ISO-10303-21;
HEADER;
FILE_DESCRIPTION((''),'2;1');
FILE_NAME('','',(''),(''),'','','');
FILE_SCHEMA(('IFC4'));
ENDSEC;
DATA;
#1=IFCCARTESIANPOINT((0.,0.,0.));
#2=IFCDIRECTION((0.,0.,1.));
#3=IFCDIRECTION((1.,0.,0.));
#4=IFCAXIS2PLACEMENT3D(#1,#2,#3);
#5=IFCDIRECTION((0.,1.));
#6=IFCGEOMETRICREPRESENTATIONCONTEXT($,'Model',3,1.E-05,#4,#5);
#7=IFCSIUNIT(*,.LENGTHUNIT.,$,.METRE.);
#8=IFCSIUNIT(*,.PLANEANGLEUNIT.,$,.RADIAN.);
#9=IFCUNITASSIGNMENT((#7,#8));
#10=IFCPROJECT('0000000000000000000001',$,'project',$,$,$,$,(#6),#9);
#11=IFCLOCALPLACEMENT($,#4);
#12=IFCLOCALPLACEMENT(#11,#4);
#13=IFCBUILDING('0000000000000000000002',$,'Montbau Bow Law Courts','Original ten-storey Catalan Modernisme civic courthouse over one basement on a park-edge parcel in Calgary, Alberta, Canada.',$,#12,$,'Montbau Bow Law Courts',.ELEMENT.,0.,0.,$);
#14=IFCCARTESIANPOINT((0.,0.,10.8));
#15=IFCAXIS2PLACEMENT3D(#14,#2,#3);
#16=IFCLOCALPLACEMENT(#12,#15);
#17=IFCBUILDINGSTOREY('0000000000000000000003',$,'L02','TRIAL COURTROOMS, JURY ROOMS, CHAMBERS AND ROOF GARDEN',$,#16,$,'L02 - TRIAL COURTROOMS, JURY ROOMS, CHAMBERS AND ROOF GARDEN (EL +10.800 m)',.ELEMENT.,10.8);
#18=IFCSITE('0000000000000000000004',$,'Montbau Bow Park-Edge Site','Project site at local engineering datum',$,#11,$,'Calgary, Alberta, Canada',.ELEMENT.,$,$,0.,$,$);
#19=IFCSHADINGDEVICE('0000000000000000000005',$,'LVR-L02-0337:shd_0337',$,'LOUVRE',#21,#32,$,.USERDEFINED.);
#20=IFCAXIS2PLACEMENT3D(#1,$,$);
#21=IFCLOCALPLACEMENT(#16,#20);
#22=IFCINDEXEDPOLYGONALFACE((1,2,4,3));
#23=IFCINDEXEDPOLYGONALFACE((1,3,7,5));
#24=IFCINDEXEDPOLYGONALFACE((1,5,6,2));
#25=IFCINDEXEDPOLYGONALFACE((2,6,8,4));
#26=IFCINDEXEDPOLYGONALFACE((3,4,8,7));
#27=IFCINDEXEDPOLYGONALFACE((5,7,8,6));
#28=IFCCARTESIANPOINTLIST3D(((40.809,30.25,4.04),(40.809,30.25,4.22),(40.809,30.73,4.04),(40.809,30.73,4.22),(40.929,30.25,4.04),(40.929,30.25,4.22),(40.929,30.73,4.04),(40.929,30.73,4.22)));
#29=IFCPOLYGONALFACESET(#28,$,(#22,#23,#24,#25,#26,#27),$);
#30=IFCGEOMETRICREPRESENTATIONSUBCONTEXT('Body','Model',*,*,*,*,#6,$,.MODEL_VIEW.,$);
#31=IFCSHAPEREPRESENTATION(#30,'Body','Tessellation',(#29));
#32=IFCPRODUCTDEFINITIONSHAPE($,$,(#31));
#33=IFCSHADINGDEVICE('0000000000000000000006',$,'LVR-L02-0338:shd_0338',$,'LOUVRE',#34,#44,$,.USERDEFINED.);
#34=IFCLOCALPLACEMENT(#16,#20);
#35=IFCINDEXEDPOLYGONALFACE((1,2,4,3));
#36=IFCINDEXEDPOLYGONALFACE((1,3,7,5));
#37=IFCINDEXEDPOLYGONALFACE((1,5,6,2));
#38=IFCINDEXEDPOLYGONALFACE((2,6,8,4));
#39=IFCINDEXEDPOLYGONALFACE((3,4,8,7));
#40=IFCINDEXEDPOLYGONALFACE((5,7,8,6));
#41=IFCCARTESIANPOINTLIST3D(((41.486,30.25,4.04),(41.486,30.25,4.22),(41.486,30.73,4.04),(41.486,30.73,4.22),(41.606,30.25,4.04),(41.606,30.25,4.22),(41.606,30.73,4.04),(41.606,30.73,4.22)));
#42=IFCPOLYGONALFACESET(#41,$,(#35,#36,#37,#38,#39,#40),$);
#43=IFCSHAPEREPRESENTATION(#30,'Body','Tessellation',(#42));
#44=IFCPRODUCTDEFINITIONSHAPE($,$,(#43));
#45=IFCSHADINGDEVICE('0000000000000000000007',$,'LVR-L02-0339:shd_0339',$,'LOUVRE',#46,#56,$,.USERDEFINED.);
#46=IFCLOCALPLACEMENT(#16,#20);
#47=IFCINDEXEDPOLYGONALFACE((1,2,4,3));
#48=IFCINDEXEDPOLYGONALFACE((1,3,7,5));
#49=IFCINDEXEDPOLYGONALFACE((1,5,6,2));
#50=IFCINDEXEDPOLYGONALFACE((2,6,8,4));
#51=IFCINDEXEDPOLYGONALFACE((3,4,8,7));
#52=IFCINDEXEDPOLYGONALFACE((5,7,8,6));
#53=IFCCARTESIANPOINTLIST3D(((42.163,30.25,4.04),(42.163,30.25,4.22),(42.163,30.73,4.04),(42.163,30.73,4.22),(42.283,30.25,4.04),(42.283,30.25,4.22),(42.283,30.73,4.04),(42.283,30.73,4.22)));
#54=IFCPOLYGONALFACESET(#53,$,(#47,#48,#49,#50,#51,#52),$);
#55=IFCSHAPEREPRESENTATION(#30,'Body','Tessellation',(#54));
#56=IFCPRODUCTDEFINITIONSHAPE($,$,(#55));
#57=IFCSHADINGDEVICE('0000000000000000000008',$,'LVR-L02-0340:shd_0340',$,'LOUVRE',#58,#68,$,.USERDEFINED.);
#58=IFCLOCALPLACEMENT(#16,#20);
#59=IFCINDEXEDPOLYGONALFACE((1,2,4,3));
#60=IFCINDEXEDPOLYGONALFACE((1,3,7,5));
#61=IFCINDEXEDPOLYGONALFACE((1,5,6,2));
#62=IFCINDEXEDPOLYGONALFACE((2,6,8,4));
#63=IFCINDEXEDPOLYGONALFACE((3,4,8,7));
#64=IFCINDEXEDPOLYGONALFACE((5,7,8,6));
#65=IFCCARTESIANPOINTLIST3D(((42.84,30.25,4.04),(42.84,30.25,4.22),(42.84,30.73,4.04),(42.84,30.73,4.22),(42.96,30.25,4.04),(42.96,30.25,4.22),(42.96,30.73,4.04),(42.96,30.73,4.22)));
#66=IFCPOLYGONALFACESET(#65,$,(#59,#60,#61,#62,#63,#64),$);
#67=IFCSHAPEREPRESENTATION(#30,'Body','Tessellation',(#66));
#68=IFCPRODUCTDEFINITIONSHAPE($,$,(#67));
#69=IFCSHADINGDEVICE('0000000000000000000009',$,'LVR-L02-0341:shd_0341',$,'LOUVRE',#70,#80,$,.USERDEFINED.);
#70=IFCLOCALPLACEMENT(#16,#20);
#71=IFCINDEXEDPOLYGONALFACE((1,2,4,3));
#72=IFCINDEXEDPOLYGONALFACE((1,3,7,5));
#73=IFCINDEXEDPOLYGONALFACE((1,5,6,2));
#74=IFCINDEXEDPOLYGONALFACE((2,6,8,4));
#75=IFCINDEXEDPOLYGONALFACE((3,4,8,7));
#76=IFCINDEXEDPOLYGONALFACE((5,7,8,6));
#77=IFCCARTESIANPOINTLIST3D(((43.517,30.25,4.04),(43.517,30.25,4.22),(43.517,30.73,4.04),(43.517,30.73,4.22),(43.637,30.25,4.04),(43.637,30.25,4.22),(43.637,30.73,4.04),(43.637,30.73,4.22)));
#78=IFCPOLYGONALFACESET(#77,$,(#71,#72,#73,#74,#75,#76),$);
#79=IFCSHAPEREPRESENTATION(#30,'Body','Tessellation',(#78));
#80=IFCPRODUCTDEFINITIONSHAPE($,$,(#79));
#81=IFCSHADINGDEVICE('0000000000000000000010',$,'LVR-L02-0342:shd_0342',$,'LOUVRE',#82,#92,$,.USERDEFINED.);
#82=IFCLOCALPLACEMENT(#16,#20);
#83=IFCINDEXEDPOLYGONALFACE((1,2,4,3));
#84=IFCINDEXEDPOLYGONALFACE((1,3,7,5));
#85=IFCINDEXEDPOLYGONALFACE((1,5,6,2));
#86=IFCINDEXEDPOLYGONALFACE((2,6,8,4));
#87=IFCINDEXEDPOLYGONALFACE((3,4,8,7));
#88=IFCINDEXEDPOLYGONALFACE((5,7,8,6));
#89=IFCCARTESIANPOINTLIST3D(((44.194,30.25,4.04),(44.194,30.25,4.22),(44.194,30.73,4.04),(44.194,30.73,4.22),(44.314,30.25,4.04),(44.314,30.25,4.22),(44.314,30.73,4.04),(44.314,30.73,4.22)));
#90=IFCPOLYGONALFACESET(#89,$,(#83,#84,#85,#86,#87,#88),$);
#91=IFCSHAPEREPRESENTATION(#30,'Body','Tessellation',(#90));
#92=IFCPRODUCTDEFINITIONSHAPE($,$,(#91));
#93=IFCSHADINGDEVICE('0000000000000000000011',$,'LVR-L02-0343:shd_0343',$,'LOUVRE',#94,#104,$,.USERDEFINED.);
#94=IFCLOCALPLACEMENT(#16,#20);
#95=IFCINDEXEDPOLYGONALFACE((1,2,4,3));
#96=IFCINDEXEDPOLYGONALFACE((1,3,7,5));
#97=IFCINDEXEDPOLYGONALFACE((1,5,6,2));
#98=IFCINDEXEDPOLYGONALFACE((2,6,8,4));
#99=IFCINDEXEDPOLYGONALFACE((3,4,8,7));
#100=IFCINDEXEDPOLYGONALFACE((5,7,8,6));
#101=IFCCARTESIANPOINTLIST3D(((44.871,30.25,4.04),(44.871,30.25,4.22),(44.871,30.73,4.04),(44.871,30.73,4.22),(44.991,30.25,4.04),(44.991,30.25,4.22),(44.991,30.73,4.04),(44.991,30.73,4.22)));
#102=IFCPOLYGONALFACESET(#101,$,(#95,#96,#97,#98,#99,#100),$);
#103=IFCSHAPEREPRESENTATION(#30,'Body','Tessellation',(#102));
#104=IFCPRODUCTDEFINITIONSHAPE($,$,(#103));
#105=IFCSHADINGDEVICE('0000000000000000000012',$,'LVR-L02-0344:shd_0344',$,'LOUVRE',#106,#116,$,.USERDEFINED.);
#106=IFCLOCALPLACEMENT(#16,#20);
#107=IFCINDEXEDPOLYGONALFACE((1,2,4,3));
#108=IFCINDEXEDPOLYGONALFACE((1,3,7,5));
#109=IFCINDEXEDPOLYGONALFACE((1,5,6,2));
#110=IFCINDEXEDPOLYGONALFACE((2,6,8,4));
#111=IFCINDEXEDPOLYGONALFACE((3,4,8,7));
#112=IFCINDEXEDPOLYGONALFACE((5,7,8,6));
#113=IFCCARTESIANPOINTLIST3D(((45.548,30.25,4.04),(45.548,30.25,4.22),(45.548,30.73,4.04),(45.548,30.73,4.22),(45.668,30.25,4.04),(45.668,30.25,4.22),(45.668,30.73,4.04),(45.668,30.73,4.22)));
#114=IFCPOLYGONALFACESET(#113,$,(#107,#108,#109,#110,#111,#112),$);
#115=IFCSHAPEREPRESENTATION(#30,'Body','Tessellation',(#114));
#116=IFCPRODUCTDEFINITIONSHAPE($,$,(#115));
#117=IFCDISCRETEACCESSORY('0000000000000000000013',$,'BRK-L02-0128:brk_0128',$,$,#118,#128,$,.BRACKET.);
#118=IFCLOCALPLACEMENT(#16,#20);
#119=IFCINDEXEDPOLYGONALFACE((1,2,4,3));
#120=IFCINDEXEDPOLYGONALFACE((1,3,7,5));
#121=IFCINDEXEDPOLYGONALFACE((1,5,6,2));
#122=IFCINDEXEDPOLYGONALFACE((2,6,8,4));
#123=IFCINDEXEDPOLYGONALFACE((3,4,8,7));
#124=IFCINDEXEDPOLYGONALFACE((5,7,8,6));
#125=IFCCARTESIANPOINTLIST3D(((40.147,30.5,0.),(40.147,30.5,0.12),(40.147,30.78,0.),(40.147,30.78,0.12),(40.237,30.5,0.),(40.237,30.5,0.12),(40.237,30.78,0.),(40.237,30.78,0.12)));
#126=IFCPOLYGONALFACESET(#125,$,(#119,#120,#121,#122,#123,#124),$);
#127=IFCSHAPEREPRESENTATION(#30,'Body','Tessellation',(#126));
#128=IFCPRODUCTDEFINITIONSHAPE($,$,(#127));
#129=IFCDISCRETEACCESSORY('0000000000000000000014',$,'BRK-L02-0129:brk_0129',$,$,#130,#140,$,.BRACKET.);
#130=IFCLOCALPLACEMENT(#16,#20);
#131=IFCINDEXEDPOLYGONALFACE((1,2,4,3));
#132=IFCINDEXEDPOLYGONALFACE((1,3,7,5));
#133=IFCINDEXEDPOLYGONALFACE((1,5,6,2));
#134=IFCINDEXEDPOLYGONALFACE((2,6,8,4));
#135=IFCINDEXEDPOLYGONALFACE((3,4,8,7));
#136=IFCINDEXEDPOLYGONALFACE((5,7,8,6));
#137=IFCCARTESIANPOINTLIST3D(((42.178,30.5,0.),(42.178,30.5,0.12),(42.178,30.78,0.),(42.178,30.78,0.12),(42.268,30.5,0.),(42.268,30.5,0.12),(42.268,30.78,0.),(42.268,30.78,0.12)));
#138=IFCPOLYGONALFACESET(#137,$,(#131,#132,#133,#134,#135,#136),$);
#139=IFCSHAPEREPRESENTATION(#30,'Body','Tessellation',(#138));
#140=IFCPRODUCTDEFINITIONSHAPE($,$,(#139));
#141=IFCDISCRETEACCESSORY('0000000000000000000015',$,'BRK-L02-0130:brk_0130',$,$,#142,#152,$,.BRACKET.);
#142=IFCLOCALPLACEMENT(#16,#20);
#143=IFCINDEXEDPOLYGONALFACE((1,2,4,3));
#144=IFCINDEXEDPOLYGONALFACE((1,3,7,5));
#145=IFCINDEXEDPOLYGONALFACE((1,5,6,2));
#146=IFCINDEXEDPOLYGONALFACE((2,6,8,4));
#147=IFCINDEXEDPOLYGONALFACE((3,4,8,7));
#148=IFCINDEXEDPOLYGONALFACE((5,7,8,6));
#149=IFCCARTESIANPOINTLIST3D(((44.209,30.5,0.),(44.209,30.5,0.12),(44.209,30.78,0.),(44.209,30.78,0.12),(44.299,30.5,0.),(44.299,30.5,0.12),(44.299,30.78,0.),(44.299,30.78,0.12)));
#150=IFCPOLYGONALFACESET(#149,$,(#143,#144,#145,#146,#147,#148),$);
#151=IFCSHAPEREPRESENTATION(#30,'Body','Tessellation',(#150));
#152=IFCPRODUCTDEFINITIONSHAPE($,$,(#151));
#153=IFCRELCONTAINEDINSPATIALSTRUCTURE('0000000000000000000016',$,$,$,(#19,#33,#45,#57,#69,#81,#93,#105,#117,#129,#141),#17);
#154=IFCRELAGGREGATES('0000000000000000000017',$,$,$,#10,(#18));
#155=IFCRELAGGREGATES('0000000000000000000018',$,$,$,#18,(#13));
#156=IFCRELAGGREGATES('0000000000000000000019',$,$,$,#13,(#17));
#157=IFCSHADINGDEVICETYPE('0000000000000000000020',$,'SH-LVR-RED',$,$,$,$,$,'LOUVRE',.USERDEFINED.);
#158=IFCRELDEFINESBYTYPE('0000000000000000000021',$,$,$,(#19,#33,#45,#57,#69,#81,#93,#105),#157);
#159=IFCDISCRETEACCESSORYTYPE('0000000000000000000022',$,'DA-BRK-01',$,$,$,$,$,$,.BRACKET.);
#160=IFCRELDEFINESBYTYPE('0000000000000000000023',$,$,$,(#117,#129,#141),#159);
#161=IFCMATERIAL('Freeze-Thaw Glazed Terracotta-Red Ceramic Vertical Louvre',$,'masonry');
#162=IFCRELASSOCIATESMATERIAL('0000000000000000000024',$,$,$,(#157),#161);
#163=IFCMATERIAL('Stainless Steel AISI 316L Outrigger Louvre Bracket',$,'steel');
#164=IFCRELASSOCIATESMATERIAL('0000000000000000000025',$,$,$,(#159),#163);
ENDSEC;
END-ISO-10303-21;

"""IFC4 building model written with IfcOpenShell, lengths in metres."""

from ifc_helpers import new_model, si_unit, direction, frame, origin_with_axes, origin_2d_with_axis, place, context, subcontext, project, spatial, rectangle, extrude, material, type_object, element, save


model = new_model("IFC4")

# Units and contexts
model_context = context("Model", 3, precision=1e-05, world=origin_with_axes(), true_north=direction((0.0, 1.0)))
body_context = subcontext(model_context, "Body", "Model", "MODEL_VIEW")
ifc_project = project(units=[si_unit("LENGTHUNIT", "METRE"), si_unit("PLANEANGLEUNIT", "RADIAN")], contexts=[model_context])

# Site, building, storey
site_placement = place(None, origin_with_axes())
site = spatial("IfcSite", under=ifc_project, at=site_placement, Name="Montbau Bow Park-Edge Site", Description="Project site at local engineering datum", LongName="Calgary, Alberta, Canada", CompositionType="ELEMENT", RefElevation=0.0)
building_placement = place(site_placement, origin_with_axes())
building = spatial("IfcBuilding", under=site, at=building_placement, Name="Montbau Bow Law Courts", Description="Original ten-storey Catalan Modernisme civic courthouse over one basement on a park-edge parcel in Calgary, Alberta, Canada.", LongName="Montbau Bow Law Courts", CompositionType="ELEMENT", ElevationOfRefHeight=0.0, ElevationOfTerrain=0.0)
storey_placement = place(building_placement, frame((0.0, 0.0, 10.8), z_axis=(0.0, 0.0, 1.0), x_axis=(1.0, 0.0, 0.0)))
storey = spatial("IfcBuildingStorey", under=building, at=storey_placement, Name="L02", Description="TRIAL COURTROOMS, JURY ROOMS, CHAMBERS AND ROOF GARDEN", LongName="L02 - TRIAL COURTROOMS, JURY ROOMS, CHAMBERS AND ROOF GARDEN (EL +10.800 m)", CompositionType="ELEMENT", Elevation=10.8)

# Shared definitions
ifc_material_1 = material(Name="Freeze-Thaw Glazed Terracotta-Red Ceramic Vertical Louvre", Category="masonry")

# Shading devices
shading_device_type = type_object("IfcShadingDeviceType", Name="SH-LVR-RED", ElementType="LOUVRE", PredefinedType="USERDEFINED", material=ifc_material_1)
for number, where, z_axis, x_axis, name in (
    (1, (40.869, 30.49, 14.84), (0.0, 0.0, 1.0), (0.0, -1.0, 0.0), "LVR-L02-0337:shd_0337"),
    (2, (41.546, 30.49, 14.84), (0.0, 0.0, 1.0), (0.0, -1.0, 0.0), "LVR-L02-0338:shd_0338"),
    (3, (42.223, 30.49, 14.84), (0.0, 0.0, 1.0), (0.0, -1.0, 0.0), "LVR-L02-0339:shd_0339"),
    (4, (42.9, 30.49, 14.84), (0.0, 0.0, 1.0), (0.0, -1.0, 0.0), "LVR-L02-0340:shd_0340"),
    (5, (43.577, 30.49, 14.84), (0.0, 0.0, 1.0), (0.0, -1.0, 0.0), "LVR-L02-0341:shd_0341"),
    (6, (44.254, 30.49, 14.84), (0.0, 0.0, 1.0), (0.0, -1.0, 0.0), "LVR-L02-0342:shd_0342"),
    (7, (44.931, 30.49, 14.84), (0.0, 0.0, 1.0), (0.0, -1.0, 0.0), "LVR-L02-0343:shd_0343"),
    (8, (45.608, 30.49, 14.84), (0.0, 0.0, 1.0), (0.0, -1.0, 0.0), "LVR-L02-0344:shd_0344"),
):
    element("IfcShadingDevice", number, at=place(None, frame(where, z_axis=z_axis, x_axis=x_axis)), inside=storey, type_object=shading_device_type, Name=name, ObjectType="LOUVRE", PredefinedType="USERDEFINED", context=body_context, shape_type="SweptSolid", body=[
        extrude(rectangle(XDim=0.48, YDim=0.12, at=origin_2d_with_axis()), origin_with_axes(), (0.0, 0.0, 1.0), 0.18),
    ])

# Discrete accessories
ifc_material_2 = material(Name="Stainless Steel AISI 316L Outrigger Louvre Bracket", Category="steel")
discrete_accessory_type = type_object("IfcDiscreteAccessoryType", Name="DA-BRK-01", PredefinedType="BRACKET", material=ifc_material_2)
for number, where, z_axis, x_axis, name in (
    (9, (40.192, 30.64, 10.8), (0.0, 0.0, 1.0), (0.0, -1.0, 0.0), "BRK-L02-0128:brk_0128"),
    (10, (42.223, 30.64, 10.8), (0.0, 0.0, 1.0), (0.0, -1.0, 0.0), "BRK-L02-0129:brk_0129"),
    (11, (44.254, 30.64, 10.8), (0.0, 0.0, 1.0), (0.0, -1.0, 0.0), "BRK-L02-0130:brk_0130"),
):
    element("IfcDiscreteAccessory", number, at=place(None, frame(where, z_axis=z_axis, x_axis=x_axis)), inside=storey, type_object=discrete_accessory_type, Name=name, PredefinedType="BRACKET", context=body_context, shape_type="SweptSolid", body=[
        extrude(rectangle(XDim=0.28, YDim=0.09, at=origin_2d_with_axis()), origin_with_axes(), (0.0, 0.0, 1.0), 0.12),
    ])

save(model, "model.ifc")
